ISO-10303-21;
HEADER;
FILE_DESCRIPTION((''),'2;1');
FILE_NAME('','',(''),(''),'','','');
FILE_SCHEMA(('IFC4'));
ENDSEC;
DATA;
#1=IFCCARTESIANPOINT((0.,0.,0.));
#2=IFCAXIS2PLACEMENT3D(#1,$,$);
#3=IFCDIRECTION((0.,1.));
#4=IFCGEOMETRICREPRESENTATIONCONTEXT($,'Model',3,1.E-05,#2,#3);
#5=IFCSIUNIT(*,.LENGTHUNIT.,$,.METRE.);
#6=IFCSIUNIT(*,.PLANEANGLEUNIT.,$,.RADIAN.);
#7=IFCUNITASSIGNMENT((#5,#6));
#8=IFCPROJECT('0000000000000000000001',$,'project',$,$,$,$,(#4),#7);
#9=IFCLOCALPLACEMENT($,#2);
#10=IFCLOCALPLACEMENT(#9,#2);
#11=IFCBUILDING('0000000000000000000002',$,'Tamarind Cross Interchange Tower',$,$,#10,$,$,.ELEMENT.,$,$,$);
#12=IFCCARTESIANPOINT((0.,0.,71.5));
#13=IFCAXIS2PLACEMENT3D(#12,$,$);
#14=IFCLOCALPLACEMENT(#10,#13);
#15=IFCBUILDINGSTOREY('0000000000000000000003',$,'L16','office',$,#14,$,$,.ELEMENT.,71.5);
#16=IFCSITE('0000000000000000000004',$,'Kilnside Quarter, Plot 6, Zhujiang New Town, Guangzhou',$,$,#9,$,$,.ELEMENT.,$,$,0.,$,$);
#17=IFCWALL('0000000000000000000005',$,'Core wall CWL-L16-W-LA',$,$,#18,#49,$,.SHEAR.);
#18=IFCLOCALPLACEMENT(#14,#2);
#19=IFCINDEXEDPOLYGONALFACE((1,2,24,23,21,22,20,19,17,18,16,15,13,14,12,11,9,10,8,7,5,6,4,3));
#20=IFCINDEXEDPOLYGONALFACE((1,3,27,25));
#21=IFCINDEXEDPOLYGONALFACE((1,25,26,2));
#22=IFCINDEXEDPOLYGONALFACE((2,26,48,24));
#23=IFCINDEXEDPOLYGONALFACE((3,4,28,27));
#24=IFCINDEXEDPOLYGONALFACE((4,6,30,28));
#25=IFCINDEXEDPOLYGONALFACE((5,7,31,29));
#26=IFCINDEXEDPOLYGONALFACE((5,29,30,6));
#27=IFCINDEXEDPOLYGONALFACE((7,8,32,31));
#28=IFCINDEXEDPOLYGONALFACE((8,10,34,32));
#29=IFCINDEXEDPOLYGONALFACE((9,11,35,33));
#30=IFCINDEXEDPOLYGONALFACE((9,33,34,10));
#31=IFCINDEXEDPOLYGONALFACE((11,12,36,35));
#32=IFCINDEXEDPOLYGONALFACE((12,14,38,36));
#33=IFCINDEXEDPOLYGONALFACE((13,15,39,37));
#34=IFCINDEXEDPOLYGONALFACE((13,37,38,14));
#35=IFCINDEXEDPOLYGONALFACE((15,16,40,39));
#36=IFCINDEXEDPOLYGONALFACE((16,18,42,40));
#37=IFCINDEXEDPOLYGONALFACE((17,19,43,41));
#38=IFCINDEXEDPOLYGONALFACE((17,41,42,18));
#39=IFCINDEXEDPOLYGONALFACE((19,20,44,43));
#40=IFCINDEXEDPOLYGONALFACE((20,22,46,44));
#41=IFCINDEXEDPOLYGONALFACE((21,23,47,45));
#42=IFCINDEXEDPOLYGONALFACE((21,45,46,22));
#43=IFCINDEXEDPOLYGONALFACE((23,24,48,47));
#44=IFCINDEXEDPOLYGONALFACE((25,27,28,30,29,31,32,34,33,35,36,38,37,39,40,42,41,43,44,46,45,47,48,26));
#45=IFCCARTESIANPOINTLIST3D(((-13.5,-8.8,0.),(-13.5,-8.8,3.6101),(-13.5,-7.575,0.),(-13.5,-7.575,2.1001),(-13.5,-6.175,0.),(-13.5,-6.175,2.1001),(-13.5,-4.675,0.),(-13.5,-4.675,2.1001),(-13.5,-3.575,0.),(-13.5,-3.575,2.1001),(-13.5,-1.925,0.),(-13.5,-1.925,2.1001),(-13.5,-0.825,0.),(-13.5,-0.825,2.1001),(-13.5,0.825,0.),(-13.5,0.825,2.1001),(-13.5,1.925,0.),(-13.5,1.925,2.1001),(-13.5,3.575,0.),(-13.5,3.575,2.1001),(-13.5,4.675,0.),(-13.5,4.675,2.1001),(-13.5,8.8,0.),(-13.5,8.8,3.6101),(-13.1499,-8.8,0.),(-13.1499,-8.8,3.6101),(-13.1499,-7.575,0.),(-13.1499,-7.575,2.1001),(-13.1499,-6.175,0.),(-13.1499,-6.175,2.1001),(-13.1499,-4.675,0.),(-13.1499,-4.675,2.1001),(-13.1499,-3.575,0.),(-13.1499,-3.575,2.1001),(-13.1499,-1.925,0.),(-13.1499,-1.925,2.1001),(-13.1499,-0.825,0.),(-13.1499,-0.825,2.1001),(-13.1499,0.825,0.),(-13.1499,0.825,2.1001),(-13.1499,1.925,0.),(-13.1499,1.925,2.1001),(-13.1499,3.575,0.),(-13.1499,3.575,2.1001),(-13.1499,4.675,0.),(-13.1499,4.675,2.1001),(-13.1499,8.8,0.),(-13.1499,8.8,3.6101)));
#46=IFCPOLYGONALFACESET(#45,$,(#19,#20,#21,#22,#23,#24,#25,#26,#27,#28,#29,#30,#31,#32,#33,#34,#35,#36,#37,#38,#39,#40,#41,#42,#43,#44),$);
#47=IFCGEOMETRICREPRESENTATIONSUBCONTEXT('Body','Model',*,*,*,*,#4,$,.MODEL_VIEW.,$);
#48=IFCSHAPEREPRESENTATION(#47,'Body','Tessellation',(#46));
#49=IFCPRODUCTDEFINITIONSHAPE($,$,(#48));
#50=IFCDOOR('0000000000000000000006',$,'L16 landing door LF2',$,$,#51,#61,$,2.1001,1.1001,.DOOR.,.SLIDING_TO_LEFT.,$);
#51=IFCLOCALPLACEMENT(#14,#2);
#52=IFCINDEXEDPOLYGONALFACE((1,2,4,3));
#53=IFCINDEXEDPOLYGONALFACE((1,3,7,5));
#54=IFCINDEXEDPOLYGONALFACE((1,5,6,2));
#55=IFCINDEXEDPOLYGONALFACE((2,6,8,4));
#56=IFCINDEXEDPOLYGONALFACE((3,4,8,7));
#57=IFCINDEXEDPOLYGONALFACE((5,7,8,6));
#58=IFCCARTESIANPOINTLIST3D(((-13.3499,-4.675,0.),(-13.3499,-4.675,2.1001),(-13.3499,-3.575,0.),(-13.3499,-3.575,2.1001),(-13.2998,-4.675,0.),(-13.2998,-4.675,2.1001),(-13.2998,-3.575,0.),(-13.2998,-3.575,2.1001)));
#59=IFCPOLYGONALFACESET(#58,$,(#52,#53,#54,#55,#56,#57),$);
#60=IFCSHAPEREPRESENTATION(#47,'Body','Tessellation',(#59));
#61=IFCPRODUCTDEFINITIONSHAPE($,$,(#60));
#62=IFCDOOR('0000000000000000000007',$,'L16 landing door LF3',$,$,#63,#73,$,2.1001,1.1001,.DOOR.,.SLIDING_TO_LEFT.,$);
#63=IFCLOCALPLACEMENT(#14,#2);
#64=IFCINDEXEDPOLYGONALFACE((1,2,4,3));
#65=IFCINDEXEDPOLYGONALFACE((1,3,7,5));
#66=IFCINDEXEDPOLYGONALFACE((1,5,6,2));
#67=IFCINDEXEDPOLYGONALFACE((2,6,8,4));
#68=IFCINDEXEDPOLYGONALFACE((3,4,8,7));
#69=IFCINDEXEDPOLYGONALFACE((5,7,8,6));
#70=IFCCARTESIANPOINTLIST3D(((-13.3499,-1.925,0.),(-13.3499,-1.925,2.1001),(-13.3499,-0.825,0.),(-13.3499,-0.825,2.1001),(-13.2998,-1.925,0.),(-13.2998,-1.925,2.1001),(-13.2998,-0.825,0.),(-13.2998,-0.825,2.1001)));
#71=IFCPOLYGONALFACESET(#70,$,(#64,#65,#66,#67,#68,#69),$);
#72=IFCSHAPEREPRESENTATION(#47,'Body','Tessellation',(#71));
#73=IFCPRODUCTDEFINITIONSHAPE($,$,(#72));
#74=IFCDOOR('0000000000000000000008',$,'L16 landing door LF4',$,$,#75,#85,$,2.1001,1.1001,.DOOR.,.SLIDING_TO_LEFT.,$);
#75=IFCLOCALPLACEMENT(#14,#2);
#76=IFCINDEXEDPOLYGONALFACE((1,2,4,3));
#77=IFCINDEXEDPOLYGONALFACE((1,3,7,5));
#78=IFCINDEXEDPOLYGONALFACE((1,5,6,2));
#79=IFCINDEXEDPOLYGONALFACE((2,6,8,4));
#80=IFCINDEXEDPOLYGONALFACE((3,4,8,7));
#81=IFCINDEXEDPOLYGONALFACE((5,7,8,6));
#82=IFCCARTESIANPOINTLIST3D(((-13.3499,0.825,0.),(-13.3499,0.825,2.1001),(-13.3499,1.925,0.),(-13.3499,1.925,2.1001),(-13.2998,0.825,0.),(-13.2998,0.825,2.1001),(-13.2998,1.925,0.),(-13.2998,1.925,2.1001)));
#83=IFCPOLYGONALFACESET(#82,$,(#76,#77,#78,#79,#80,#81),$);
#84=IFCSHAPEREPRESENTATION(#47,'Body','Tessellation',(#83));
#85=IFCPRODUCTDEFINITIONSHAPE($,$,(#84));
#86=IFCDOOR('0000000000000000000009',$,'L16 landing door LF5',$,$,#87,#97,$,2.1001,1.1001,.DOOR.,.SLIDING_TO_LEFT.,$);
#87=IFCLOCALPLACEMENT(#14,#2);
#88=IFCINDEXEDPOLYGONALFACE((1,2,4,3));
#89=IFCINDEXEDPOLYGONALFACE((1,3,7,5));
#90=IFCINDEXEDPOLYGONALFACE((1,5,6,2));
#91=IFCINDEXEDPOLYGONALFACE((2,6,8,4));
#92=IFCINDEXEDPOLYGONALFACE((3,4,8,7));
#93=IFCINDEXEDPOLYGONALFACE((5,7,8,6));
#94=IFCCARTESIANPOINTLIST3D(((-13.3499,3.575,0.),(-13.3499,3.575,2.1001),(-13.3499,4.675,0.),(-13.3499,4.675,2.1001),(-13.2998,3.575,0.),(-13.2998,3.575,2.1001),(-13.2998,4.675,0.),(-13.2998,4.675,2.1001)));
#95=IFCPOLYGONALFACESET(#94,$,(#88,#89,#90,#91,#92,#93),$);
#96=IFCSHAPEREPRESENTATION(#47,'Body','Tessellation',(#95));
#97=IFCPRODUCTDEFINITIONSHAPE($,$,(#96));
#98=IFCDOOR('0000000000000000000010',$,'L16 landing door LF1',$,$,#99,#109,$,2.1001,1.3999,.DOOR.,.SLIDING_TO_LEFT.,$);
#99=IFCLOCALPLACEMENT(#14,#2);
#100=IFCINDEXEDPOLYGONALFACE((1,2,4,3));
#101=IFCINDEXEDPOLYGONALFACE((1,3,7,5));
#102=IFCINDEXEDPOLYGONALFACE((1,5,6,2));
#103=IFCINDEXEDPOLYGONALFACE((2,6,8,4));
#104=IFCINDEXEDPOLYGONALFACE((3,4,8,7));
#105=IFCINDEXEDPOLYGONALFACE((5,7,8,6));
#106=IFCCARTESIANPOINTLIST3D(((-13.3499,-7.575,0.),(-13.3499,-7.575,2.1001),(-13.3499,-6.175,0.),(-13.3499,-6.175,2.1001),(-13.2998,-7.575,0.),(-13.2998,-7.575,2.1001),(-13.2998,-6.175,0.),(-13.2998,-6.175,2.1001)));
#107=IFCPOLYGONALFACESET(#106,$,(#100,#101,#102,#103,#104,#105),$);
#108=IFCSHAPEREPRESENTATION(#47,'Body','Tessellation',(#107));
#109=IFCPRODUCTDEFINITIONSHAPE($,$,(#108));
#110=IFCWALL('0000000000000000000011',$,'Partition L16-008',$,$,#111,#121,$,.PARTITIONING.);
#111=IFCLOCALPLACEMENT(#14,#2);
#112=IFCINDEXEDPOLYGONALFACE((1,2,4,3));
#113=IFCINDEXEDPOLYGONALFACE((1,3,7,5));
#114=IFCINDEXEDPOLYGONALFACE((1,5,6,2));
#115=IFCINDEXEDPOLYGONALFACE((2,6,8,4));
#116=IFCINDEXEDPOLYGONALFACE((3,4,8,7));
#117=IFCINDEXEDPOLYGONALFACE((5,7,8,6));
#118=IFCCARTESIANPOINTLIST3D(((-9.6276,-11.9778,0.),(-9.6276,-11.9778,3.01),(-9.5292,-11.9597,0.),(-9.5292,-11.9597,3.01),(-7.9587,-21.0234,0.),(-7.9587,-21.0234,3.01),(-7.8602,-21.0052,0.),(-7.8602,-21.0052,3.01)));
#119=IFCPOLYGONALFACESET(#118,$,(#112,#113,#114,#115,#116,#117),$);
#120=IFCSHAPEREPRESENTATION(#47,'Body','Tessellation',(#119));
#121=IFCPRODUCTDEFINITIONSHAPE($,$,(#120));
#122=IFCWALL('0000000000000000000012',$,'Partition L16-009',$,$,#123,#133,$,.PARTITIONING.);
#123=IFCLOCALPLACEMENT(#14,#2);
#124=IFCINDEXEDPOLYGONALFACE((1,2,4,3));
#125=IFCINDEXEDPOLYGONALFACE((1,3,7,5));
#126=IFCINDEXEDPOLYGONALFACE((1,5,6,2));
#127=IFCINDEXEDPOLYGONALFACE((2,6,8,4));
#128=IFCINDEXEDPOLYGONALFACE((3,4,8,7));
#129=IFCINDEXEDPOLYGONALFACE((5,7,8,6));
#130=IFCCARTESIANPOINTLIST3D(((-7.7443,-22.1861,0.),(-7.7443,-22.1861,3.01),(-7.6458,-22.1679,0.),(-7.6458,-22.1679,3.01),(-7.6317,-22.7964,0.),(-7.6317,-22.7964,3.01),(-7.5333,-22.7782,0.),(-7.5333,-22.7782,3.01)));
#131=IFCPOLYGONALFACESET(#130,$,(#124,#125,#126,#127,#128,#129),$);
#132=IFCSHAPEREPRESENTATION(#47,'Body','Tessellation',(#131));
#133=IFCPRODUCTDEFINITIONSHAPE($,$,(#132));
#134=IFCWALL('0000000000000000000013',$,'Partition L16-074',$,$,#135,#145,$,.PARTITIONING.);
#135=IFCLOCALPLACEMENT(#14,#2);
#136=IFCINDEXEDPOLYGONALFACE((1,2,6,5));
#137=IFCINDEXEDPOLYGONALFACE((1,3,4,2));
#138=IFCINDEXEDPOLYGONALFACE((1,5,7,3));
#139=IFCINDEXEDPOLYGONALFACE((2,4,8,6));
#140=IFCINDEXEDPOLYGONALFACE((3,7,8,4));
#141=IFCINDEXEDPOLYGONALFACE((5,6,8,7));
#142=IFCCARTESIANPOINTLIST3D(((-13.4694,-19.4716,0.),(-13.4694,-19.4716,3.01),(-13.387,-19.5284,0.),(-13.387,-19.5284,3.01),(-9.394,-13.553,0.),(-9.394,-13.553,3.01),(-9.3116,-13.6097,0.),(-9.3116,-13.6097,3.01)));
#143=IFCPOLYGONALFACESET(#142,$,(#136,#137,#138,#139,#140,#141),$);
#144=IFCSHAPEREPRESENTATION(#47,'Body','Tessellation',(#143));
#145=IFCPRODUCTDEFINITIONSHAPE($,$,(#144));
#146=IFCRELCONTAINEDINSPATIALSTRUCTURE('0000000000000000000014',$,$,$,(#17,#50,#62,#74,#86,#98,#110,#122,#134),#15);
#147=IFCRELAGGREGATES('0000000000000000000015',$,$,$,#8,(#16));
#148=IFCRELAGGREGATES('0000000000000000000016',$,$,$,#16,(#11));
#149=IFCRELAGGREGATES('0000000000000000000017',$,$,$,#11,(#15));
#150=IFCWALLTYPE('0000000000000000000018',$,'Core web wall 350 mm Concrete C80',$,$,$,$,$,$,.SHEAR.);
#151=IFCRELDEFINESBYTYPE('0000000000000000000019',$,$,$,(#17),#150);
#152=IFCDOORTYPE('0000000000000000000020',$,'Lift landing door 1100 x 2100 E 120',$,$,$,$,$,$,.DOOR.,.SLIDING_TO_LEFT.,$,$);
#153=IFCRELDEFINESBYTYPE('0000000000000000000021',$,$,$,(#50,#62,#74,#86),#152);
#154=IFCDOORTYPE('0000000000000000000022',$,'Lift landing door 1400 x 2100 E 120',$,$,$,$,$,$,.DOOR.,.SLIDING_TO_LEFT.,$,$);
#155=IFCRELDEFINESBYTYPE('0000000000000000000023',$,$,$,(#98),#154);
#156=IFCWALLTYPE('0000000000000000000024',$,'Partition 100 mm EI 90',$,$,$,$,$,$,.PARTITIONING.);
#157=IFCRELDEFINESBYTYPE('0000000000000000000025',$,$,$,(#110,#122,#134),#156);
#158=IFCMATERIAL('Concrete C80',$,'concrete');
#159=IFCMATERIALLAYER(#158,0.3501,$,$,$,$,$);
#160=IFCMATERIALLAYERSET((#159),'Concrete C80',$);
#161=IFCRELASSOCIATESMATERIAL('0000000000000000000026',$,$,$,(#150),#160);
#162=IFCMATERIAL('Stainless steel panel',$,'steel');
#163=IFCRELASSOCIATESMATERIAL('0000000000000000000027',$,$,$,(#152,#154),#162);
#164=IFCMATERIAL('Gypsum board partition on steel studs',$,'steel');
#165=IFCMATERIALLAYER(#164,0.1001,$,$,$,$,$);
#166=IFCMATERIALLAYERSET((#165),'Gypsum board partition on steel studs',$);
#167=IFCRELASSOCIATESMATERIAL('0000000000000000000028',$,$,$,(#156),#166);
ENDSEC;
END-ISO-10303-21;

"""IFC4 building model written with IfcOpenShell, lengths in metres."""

from ifc_helpers import new_model, si_unit, direction, frame, frame_2d, origin, place, context, subcontext, project, spatial, rectangle, extrude, material, layer, layer_set, type_object, element, fill, save


model = new_model("IFC4")

# Units and contexts
model_context = context("Model", 3, precision=1e-05, world=origin(), true_north=direction((0.0, 1.0)))
body_context = subcontext(model_context, "Body", "Model", "MODEL_VIEW")
ifc_project = project(units=[si_unit("LENGTHUNIT", "METRE"), si_unit("PLANEANGLEUNIT", "RADIAN")], contexts=[model_context])

# Site, building, storey
site_placement = place(None, origin())
site = spatial("IfcSite", under=ifc_project, at=site_placement, Name="Kilnside Quarter, Plot 6, Zhujiang New Town, Guangzhou", CompositionType="ELEMENT", RefElevation=0.0)
building_placement = place(site_placement, origin())
building = spatial("IfcBuilding", under=site, at=building_placement, Name="Tamarind Cross Interchange Tower", CompositionType="ELEMENT")
storey_placement = place(building_placement, frame((0.0, 0.0, 71.5)))
storey = spatial("IfcBuildingStorey", under=building, at=storey_placement, Name="L16", Description="office", CompositionType="ELEMENT", Elevation=71.5)

# Wall, openings, doors
ifc_material_1 = material(Name="Concrete C80", Category="concrete")
ifc_layer_1 = layer(ifc_material_1, 0.3501)
ifc_layer_set_1 = layer_set([ifc_layer_1], Name="Concrete C80")
wall_type_1 = type_object("IfcWallType", Name="Core web wall 350 mm Concrete C80", PredefinedType="SHEAR", material=ifc_layer_set_1)
wall_1_placement = place(storey_placement, frame((-13.325, -8.8, 0.0), z_axis=(0.0, 0.0, 1.0), x_axis=(0.0, 1.0, 0.0)))
wall_1 = element("IfcWall", 1, at=wall_1_placement, inside=storey, type_object=wall_type_1, Name="Core wall CWL-L16-W-LA", PredefinedType="SHEAR", context=body_context, shape_type="SweptSolid", body=[
    extrude(rectangle(XDim=17.6001, YDim=0.3501, at=frame_2d((8.8, 0.0))), origin(), (0.0, 0.0, 1.0), 3.6101),
])
opening_1_placement = place(wall_1_placement, frame((1.2251, 0.0, 0.0)))
opening_1 = element("IfcOpeningElement", 2, at=opening_1_placement, cuts=wall_1, PredefinedType="OPENING", context=body_context, shape_type="SweptSolid", body=[
    extrude(rectangle(XDim=1.3999, YDim=2.1001, at=frame_2d((0.7, 1.05))), frame((0.0, 0.1851, 0.0), z_axis=(0.0, -1.0, 0.0), x_axis=(1.0, 0.0, 0.0)), (0.0, 0.0, 1.0), 0.3701),
])
opening_2_placement = place(wall_1_placement, frame((4.125, 0.0, 0.0)))
opening_2 = element("IfcOpeningElement", 3, at=opening_2_placement, cuts=wall_1, PredefinedType="OPENING", context=body_context, shape_type="SweptSolid", body=[
    extrude(rectangle(XDim=1.1001, YDim=2.1001, at=frame_2d((0.55, 1.05))), frame((0.0, 0.1851, 0.0), z_axis=(0.0, -1.0, 0.0), x_axis=(1.0, 0.0, 0.0)), (0.0, 0.0, 1.0), 0.3701),
])
opening_3_placement = place(wall_1_placement, frame((6.875, 0.0, 0.0)))
opening_3 = element("IfcOpeningElement", 4, at=opening_3_placement, cuts=wall_1, PredefinedType="OPENING", context=body_context, shape_type="SweptSolid", body=[
    extrude(rectangle(XDim=1.1001, YDim=2.1001, at=frame_2d((0.55, 1.05))), frame((0.0, 0.1851, 0.0), z_axis=(0.0, -1.0, 0.0), x_axis=(1.0, 0.0, 0.0)), (0.0, 0.0, 1.0), 0.3701),
])
opening_4_placement = place(wall_1_placement, frame((9.625, 0.0, 0.0)))
opening_4 = element("IfcOpeningElement", 5, at=opening_4_placement, cuts=wall_1, PredefinedType="OPENING", context=body_context, shape_type="SweptSolid", body=[
    extrude(rectangle(XDim=1.1001, YDim=2.1001, at=frame_2d((0.55, 1.05))), frame((0.0, 0.1851, 0.0), z_axis=(0.0, -1.0, 0.0), x_axis=(1.0, 0.0, 0.0)), (0.0, 0.0, 1.0), 0.3701),
])
opening_5_placement = place(wall_1_placement, frame((12.375, 0.0, 0.0)))
opening_5 = element("IfcOpeningElement", 6, at=opening_5_placement, cuts=wall_1, PredefinedType="OPENING", context=body_context, shape_type="SweptSolid", body=[
    extrude(rectangle(XDim=1.1001, YDim=2.1001, at=frame_2d((0.55, 1.05))), frame((0.0, 0.1851, 0.0), z_axis=(0.0, -1.0, 0.0), x_axis=(1.0, 0.0, 0.0)), (0.0, 0.0, 1.0), 0.3701),
])
ifc_material_2 = material(Name="Stainless steel panel", Category="steel")
door_type_1 = type_object("IfcDoorType", Name="Lift landing door 1100 x 2100 E 120", OperationType="SLIDING_TO_LEFT", PredefinedType="DOOR", material=ifc_material_2)
door_1_placement = place(opening_2_placement, origin())
door_1 = element("IfcDoor", 7, at=door_1_placement, inside=storey, type_object=door_type_1, Name="L16 landing door LF2", OperationType="SLIDING_TO_LEFT", OverallHeight=2.1001, OverallWidth=1.1001, PredefinedType="DOOR", context=body_context, shape_type="SweptSolid", body=[
    extrude(rectangle(XDim=1.1001, YDim=2.1001, at=frame_2d((0.55, 1.05))), frame((0.0, 0.0249, 0.0), z_axis=(0.0, -1.0, 0.0), x_axis=(1.0, 0.0, 0.0)), (0.0, 0.0, 1.0), 0.05),
])
fill(opening_2, door_1)
door_2_placement = place(opening_3_placement, origin())
door_2 = element("IfcDoor", 8, at=door_2_placement, inside=storey, type_object=door_type_1, Name="L16 landing door LF3", OperationType="SLIDING_TO_LEFT", OverallHeight=2.1001, OverallWidth=1.1001, PredefinedType="DOOR", context=body_context, shape_type="SweptSolid", body=[
    extrude(rectangle(XDim=1.1001, YDim=2.1001, at=frame_2d((0.55, 1.05))), frame((0.0, 0.0249, 0.0), z_axis=(0.0, -1.0, 0.0), x_axis=(1.0, 0.0, 0.0)), (0.0, 0.0, 1.0), 0.05),
])
fill(opening_3, door_2)
door_3_placement = place(opening_4_placement, origin())
door_3 = element("IfcDoor", 9, at=door_3_placement, inside=storey, type_object=door_type_1, Name="L16 landing door LF4", OperationType="SLIDING_TO_LEFT", OverallHeight=2.1001, OverallWidth=1.1001, PredefinedType="DOOR", context=body_context, shape_type="SweptSolid", body=[
    extrude(rectangle(XDim=1.1001, YDim=2.1001, at=frame_2d((0.55, 1.05))), frame((0.0, 0.0249, 0.0), z_axis=(0.0, -1.0, 0.0), x_axis=(1.0, 0.0, 0.0)), (0.0, 0.0, 1.0), 0.05),
])
fill(opening_4, door_3)
door_4_placement = place(opening_5_placement, origin())
door_4 = element("IfcDoor", 10, at=door_4_placement, inside=storey, type_object=door_type_1, Name="L16 landing door LF5", OperationType="SLIDING_TO_LEFT", OverallHeight=2.1001, OverallWidth=1.1001, PredefinedType="DOOR", context=body_context, shape_type="SweptSolid", body=[
    extrude(rectangle(XDim=1.1001, YDim=2.1001, at=frame_2d((0.55, 1.05))), frame((0.0, 0.0249, 0.0), z_axis=(0.0, -1.0, 0.0), x_axis=(1.0, 0.0, 0.0)), (0.0, 0.0, 1.0), 0.05),
])
fill(opening_5, door_4)
door_type_2 = type_object("IfcDoorType", Name="Lift landing door 1400 x 2100 E 120", OperationType="SLIDING_TO_LEFT", PredefinedType="DOOR", material=ifc_material_2)
door_5_placement = place(opening_1_placement, origin())
door_5 = element("IfcDoor", 11, at=door_5_placement, inside=storey, type_object=door_type_2, Name="L16 landing door LF1", OperationType="SLIDING_TO_LEFT", OverallHeight=2.1001, OverallWidth=1.3999, PredefinedType="DOOR", context=body_context, shape_type="SweptSolid", body=[
    extrude(rectangle(XDim=1.3999, YDim=2.1001, at=frame_2d((0.7, 1.05))), frame((0.0, 0.0249, 0.0), z_axis=(0.0, -1.0, 0.0), x_axis=(1.0, 0.0, 0.0)), (0.0, 0.0, 1.0), 0.05),
])
fill(opening_1, door_5)

# Walls
ifc_material_3 = material(Name="Gypsum board partition on steel studs", Category="steel")
ifc_layer_2 = layer(ifc_material_3, 0.1001)
ifc_layer_set_2 = layer_set([ifc_layer_2], Name="Gypsum board partition on steel studs")
wall_type_2 = type_object("IfcWallType", Name="Partition 100 mm EI 90", PredefinedType="PARTITIONING", material=ifc_layer_set_2)
wall_2_placement = place(storey_placement, frame((-9.5784, -11.9688, 0.0), z_axis=(0.0, 0.0, 1.0), x_axis=(0.18144, -0.983402, 0.0)))
element("IfcWall", 12, at=wall_2_placement, inside=storey, type_object=wall_type_2, Name="Partition L16-008", PredefinedType="PARTITIONING", context=body_context, shape_type="SweptSolid", body=[
    extrude(rectangle(XDim=9.1982, YDim=0.1001, at=frame_2d((4.5991, 0.0))), origin(), (0.0, 0.0, 1.0), 3.01),
])
wall_3_placement = place(storey_placement, frame((-7.6951, -22.177, 0.0), z_axis=(0.0, 0.0, 1.0), x_axis=(0.181343, -0.98342, 0.0)))
element("IfcWall", 13, at=wall_3_placement, inside=storey, type_object=wall_type_2, Name="Partition L16-009", PredefinedType="PARTITIONING", context=body_context, shape_type="SweptSolid", body=[
    extrude(rectangle(XDim=0.6206, YDim=0.1001, at=frame_2d((0.3103, 0.0))), origin(), (0.0, 0.0, 1.0), 3.01),
])
wall_4_placement = place(storey_placement, frame((-13.4282, -19.5, 0.0), z_axis=(0.0, 0.0, 1.0), x_axis=(0.567127, 0.82363, 0.0)))
element("IfcWall", 14, at=wall_4_placement, inside=storey, type_object=wall_type_2, Name="Partition L16-074", PredefinedType="PARTITIONING", context=body_context, shape_type="SweptSolid", body=[
    extrude(rectangle(XDim=7.186, YDim=0.1001, at=frame_2d((3.593, 0.0))), origin(), (0.0, 0.0, 1.0), 3.01),
])

save(model, "model.ifc")
